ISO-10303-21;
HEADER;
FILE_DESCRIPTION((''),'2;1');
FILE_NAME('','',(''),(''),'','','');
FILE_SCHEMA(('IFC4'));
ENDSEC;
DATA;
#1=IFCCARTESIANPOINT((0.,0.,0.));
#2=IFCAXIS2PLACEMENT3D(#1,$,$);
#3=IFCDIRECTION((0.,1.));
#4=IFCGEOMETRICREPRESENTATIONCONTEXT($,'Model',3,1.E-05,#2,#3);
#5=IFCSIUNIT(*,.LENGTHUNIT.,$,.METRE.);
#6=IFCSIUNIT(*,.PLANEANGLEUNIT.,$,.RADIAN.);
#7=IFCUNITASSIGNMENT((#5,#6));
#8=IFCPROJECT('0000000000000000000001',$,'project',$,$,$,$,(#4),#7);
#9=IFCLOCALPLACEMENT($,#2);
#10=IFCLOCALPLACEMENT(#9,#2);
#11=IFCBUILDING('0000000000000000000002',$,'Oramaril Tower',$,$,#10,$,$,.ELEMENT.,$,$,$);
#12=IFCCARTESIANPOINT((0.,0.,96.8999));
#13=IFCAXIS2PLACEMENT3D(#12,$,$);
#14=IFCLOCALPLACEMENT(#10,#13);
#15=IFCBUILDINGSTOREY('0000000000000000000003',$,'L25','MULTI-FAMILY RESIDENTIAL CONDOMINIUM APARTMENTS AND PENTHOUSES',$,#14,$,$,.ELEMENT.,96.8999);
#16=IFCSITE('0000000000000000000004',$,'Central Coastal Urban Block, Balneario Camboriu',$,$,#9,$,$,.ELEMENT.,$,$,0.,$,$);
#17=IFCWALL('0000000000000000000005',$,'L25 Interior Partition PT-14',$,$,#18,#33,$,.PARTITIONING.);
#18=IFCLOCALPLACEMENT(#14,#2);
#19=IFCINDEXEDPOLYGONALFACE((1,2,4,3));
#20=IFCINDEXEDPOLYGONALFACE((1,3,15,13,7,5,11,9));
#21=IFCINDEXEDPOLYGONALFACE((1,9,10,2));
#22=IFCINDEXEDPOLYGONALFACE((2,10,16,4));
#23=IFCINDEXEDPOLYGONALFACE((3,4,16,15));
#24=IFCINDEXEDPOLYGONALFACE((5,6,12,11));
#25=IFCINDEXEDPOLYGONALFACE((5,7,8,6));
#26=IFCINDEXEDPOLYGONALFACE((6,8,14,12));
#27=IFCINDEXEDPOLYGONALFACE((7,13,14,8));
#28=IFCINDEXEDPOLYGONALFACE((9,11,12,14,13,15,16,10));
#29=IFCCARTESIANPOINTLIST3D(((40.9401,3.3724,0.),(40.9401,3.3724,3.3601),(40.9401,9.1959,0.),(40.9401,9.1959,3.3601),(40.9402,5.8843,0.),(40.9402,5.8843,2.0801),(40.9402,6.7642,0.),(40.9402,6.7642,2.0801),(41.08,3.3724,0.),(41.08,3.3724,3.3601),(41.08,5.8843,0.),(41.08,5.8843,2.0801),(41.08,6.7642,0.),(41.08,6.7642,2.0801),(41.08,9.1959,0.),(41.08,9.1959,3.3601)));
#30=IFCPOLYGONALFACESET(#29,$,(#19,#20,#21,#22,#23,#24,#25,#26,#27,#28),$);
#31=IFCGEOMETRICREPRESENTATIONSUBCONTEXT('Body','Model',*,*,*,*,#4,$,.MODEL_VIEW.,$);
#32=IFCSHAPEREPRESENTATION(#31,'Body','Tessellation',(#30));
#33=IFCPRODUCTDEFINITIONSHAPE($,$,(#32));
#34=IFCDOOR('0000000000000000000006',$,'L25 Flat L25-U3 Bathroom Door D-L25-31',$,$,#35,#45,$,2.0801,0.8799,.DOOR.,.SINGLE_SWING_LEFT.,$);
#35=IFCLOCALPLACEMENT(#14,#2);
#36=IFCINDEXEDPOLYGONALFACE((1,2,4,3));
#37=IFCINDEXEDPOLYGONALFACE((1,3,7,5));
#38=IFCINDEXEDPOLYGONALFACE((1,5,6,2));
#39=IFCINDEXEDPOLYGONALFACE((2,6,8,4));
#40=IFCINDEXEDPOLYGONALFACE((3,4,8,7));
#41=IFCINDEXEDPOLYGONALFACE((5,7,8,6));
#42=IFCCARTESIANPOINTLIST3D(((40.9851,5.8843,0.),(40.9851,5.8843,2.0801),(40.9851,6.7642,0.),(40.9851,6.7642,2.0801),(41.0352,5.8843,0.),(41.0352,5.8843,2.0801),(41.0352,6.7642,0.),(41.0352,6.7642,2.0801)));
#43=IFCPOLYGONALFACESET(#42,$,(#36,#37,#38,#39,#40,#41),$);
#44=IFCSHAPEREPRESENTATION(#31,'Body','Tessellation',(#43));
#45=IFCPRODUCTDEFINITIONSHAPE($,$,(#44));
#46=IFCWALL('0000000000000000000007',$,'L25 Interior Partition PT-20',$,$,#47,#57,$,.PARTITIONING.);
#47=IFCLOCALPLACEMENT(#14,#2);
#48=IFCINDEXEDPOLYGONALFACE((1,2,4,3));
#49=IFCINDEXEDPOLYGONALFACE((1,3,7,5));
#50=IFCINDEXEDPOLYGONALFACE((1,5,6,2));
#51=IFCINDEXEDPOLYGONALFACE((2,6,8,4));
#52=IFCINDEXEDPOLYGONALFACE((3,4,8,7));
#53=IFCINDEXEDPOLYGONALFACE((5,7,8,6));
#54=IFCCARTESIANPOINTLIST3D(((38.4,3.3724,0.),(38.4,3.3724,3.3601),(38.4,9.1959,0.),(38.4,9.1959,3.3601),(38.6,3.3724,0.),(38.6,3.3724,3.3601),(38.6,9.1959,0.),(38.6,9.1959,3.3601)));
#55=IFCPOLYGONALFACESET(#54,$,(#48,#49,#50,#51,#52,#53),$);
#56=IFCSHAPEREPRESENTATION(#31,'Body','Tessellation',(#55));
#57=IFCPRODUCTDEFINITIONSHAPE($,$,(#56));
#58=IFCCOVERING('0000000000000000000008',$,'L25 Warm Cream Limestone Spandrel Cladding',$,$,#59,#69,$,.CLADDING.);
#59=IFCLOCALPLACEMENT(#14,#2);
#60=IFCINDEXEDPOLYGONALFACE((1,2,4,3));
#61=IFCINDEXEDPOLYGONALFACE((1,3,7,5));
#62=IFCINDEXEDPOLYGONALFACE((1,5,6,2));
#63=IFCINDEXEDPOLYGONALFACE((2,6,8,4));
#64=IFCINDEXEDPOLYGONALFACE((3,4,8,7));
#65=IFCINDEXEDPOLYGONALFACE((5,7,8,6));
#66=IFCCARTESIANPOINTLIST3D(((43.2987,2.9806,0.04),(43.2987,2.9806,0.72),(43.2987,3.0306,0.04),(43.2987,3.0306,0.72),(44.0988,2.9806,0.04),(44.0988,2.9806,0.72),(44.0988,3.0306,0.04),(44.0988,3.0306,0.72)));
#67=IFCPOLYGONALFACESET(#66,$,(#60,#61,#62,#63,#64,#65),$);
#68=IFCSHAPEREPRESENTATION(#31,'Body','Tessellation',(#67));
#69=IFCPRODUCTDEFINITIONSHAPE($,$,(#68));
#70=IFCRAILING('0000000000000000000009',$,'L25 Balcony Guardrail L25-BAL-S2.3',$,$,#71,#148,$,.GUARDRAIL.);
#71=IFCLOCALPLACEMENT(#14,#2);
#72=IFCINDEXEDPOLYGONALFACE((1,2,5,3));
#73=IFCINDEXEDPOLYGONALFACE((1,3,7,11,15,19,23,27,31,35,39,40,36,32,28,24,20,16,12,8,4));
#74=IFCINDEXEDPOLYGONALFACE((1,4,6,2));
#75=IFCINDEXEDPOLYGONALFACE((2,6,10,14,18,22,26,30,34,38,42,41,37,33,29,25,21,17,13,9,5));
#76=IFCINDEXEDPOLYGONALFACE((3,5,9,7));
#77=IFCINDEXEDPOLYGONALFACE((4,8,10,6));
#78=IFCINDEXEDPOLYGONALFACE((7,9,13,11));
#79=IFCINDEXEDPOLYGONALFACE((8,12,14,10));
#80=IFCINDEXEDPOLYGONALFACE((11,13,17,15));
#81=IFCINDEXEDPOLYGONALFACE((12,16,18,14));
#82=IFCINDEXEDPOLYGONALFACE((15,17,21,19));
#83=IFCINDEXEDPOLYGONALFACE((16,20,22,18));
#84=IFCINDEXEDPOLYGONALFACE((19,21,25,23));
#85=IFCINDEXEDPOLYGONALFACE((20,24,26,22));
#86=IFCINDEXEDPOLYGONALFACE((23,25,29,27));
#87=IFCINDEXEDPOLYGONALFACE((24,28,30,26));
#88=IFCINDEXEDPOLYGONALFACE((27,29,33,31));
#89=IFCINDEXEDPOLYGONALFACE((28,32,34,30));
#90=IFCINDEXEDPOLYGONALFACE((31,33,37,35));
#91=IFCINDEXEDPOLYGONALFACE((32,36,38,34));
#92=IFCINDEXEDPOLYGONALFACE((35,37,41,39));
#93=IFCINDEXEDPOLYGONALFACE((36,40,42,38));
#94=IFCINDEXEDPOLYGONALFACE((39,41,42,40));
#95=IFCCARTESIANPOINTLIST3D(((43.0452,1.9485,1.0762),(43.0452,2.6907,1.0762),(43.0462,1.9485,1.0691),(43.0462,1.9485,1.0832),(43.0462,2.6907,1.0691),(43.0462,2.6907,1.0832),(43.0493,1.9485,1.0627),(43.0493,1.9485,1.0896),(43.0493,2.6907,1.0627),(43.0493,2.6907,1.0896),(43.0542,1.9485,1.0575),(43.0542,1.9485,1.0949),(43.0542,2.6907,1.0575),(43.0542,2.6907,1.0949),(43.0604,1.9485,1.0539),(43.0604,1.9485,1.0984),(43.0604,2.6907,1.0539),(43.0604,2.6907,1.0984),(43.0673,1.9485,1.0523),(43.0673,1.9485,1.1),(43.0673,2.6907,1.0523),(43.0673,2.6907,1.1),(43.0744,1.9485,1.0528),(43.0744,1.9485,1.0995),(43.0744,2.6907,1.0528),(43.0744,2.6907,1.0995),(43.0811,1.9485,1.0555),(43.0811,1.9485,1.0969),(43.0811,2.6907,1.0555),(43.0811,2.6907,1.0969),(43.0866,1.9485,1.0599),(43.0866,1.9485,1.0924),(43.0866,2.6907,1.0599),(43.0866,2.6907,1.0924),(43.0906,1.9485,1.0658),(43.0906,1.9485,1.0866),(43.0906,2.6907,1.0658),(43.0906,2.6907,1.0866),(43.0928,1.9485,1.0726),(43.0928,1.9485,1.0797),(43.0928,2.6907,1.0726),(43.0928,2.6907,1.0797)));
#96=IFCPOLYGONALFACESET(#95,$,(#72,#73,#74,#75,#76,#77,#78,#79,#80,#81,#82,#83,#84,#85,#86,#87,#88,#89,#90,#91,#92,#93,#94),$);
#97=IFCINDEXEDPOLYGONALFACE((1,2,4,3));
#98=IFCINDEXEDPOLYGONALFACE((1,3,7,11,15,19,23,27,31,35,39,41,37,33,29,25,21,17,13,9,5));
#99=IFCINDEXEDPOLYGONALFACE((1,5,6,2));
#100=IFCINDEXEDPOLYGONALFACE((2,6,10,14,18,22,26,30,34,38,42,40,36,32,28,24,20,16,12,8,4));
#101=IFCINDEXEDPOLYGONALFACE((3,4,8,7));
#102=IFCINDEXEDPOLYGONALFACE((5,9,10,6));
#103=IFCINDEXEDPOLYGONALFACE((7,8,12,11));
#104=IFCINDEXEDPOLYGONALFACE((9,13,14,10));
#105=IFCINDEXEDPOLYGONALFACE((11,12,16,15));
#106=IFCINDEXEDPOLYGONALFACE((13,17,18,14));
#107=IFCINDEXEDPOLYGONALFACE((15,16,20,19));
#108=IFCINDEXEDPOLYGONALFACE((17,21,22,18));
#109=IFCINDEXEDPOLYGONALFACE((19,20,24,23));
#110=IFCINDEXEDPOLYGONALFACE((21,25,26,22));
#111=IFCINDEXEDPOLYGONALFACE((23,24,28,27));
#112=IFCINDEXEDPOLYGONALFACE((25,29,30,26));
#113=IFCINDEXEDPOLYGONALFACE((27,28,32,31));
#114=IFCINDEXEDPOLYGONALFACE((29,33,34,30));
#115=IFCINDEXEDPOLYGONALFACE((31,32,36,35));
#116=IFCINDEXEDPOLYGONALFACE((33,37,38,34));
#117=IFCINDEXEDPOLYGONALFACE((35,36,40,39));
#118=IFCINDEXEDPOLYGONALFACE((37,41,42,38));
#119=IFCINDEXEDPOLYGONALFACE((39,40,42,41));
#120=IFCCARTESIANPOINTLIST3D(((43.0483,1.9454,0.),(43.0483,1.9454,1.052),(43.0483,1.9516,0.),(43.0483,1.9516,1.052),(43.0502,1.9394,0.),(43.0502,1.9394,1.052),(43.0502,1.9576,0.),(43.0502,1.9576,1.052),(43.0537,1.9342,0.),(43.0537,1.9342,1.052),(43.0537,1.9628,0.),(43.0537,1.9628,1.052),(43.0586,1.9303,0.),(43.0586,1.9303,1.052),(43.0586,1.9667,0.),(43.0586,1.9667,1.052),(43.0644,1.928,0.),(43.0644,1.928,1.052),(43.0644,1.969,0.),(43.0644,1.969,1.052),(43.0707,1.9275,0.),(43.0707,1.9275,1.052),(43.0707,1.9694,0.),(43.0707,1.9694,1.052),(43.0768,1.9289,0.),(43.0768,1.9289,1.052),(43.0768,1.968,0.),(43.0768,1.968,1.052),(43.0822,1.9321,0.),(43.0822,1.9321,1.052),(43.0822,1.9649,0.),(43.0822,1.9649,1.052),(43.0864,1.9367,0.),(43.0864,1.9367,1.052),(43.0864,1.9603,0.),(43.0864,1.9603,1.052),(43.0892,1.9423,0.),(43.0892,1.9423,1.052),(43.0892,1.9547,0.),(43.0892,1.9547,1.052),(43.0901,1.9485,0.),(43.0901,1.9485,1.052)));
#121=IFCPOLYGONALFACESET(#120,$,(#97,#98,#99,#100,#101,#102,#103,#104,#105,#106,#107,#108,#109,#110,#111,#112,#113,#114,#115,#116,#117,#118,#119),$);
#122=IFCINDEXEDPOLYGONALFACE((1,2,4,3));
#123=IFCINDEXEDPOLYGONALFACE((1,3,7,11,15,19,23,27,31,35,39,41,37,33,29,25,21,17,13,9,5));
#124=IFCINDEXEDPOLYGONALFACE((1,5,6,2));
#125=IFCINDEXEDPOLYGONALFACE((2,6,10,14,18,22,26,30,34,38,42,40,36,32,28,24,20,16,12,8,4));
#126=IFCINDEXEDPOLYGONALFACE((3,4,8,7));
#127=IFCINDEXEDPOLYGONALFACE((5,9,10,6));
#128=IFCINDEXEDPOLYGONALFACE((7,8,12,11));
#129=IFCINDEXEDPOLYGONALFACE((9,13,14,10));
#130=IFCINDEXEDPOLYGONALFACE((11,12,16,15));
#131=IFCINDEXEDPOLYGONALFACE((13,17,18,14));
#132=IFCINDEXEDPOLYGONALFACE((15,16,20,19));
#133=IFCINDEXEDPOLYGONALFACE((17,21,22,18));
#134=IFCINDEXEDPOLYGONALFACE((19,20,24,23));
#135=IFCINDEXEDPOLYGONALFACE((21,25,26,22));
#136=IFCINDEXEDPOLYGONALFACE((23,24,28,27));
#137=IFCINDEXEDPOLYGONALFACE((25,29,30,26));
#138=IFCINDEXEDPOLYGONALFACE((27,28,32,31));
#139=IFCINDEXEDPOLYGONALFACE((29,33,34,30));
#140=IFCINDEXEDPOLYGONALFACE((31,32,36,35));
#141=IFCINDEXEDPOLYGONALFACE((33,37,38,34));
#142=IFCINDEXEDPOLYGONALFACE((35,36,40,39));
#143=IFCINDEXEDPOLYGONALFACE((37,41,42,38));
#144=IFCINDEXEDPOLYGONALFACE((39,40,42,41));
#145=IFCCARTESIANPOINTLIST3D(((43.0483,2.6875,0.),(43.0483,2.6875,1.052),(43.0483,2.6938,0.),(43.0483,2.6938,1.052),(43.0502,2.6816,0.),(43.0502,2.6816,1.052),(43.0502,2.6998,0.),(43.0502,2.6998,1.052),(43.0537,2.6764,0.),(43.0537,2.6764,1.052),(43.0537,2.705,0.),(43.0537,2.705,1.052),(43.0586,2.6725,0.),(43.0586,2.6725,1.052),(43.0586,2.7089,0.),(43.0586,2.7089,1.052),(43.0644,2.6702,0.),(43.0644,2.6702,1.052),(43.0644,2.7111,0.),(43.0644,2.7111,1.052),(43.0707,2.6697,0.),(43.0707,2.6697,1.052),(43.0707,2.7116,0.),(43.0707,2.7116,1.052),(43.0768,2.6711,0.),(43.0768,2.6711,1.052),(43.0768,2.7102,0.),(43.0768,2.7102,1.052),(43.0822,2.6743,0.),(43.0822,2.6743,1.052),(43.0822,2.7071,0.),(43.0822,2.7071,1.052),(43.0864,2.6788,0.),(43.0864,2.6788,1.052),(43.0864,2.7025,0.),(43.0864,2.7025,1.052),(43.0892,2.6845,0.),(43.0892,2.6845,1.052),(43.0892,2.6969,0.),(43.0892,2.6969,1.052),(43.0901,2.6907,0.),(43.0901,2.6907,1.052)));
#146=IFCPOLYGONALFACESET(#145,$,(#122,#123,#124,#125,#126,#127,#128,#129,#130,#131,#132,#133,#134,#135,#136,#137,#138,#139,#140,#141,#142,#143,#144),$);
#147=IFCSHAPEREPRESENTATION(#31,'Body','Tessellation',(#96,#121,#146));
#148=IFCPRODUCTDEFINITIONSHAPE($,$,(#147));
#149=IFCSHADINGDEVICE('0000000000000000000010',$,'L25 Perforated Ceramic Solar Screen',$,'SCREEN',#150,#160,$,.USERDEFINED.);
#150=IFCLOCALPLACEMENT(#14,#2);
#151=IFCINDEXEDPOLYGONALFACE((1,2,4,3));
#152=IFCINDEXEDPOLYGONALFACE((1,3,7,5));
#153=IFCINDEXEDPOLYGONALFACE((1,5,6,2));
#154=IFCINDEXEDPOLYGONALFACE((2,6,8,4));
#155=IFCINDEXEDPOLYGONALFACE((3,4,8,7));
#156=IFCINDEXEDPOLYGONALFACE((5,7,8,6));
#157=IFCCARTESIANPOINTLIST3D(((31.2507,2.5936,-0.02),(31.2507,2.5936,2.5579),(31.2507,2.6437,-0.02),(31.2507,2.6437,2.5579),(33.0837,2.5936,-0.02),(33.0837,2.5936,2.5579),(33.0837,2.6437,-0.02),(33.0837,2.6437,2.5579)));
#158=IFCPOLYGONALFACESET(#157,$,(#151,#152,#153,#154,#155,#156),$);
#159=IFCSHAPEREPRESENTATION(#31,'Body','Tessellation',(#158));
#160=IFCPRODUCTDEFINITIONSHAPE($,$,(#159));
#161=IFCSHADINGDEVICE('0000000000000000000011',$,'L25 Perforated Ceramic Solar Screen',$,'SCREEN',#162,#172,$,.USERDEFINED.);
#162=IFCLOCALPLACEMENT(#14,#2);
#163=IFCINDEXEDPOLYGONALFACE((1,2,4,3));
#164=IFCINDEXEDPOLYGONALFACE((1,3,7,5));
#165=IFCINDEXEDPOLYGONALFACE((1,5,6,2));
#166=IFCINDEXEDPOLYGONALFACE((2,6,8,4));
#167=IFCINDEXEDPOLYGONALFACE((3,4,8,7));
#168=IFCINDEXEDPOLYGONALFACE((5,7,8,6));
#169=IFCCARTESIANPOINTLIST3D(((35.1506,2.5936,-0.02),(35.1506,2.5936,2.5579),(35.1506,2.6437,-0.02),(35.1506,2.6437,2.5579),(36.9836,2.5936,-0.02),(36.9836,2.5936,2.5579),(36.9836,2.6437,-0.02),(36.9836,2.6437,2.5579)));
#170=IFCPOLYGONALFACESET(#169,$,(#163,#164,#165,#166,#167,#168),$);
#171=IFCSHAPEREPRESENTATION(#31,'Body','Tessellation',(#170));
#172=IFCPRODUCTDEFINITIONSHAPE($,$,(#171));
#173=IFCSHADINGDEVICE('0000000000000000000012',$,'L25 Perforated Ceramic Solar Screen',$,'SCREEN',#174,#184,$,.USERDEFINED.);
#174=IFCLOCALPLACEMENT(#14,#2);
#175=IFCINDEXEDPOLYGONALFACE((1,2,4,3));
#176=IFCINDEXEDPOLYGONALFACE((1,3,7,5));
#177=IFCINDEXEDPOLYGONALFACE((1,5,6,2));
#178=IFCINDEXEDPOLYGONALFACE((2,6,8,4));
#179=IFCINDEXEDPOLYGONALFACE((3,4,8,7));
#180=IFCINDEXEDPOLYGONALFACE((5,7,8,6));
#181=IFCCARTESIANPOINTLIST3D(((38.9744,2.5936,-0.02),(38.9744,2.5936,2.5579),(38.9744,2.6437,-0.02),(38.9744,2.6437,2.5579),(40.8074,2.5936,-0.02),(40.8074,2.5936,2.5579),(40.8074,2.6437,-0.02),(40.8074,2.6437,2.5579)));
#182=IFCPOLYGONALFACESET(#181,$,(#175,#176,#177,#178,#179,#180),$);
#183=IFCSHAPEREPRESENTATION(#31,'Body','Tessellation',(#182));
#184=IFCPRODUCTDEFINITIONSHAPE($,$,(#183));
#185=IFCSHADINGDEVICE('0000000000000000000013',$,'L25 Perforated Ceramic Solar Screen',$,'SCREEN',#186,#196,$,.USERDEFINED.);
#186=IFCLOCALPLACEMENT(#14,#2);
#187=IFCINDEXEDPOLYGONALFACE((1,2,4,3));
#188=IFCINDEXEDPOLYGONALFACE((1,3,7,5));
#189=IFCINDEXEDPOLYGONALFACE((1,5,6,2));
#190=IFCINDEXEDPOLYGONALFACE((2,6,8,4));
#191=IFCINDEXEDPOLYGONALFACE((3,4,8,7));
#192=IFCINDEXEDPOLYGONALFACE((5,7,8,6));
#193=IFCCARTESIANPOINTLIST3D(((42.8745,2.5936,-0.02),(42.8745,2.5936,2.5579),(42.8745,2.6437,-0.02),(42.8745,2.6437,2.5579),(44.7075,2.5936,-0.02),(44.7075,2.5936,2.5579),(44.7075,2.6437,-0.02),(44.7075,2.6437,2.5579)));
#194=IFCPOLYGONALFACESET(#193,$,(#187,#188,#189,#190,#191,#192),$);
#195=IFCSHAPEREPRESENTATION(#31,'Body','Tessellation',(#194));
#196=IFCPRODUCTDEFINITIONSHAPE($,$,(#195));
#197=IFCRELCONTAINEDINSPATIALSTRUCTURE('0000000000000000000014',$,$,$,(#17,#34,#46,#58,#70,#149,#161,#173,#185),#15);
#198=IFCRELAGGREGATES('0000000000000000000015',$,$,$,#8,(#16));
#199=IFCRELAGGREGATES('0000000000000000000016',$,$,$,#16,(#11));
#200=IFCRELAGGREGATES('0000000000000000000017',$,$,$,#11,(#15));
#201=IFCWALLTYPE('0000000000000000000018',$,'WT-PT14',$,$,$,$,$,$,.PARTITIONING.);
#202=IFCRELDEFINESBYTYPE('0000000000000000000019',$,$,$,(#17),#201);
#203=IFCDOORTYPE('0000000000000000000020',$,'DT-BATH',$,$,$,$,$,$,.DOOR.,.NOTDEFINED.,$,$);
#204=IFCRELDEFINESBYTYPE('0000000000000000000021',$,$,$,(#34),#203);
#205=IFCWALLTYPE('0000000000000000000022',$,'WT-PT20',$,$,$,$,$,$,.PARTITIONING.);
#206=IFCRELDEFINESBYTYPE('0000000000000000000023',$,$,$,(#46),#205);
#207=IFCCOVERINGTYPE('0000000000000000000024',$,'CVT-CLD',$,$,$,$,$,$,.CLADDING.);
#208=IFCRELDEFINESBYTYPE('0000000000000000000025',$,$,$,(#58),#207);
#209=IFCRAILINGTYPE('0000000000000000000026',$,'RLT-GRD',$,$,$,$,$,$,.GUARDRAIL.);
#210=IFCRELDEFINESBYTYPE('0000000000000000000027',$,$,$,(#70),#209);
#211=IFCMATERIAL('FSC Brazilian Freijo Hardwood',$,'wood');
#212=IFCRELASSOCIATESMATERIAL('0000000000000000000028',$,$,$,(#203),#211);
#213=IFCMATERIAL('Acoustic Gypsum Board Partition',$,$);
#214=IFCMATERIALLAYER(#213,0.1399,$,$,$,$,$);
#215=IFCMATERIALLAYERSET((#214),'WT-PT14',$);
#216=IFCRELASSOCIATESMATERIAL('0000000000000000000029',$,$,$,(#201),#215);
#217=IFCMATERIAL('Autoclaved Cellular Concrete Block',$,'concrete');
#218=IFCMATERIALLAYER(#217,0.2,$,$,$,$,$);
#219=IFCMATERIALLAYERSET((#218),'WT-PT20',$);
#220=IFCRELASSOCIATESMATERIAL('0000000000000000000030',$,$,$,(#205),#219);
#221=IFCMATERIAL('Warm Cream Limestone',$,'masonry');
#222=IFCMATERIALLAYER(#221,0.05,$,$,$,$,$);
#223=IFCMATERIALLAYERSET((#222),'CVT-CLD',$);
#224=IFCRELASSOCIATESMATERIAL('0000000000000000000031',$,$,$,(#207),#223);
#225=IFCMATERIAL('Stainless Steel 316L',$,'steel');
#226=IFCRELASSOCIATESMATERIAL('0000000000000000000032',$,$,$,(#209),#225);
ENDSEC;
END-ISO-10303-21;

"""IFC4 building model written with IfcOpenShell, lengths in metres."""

from ifc_helpers import new_model, si_unit, direction, frame, frame_2d, origin, origin_2d, place, context, subcontext, project, spatial, rectangle, circle, extrude, material, layer, layer_set, type_object, element, fill, save


model = new_model("IFC4")

# Units and contexts
model_context = context("Model", 3, precision=1e-05, world=origin(), true_north=direction((0.0, 1.0)))
body_context = subcontext(model_context, "Body", "Model", "MODEL_VIEW")
ifc_project = project(units=[si_unit("LENGTHUNIT", "METRE"), si_unit("PLANEANGLEUNIT", "RADIAN")], contexts=[model_context])

# Site, building, storey
site_placement = place(None, origin())
site = spatial("IfcSite", under=ifc_project, at=site_placement, Name="Central Coastal Urban Block, Balneario Camboriu", CompositionType="ELEMENT", RefElevation=0.0)
building_placement = place(site_placement, origin())
building = spatial("IfcBuilding", under=site, at=building_placement, Name="Oramaril Tower", CompositionType="ELEMENT")
storey_placement = place(building_placement, frame((0.0, 0.0, 96.8999)))
storey = spatial("IfcBuildingStorey", under=building, at=storey_placement, Name="L25", Description="MULTI-FAMILY RESIDENTIAL CONDOMINIUM APARTMENTS AND PENTHOUSES", CompositionType="ELEMENT", Elevation=96.8999)

# Shared definitions
ifc_material_1 = material(Name="FSC Brazilian Freijo Hardwood", Category="wood")
door_type_1 = type_object("IfcDoorType", Name="DT-BATH", OperationType="NOTDEFINED", PredefinedType="DOOR", material=ifc_material_1)

# Wall, opening, door
ifc_material_2 = material(Name="Acoustic Gypsum Board Partition")
ifc_layer_1 = layer(ifc_material_2, 0.1399)
ifc_layer_set_1 = layer_set([ifc_layer_1], Name="WT-PT14")
wall_type_1 = type_object("IfcWallType", Name="WT-PT14", PredefinedType="PARTITIONING", material=ifc_layer_set_1)
wall_1_placement = place(storey_placement, frame((41.01, 3.3726, 0.0), z_axis=(0.0, 0.0, 1.0), x_axis=(0.0, 1.0, 0.0)))
wall_1 = element("IfcWall", 1, at=wall_1_placement, inside=storey, type_object=wall_type_1, Name="L25 Interior Partition PT-14", PredefinedType="PARTITIONING", context=body_context, shape_type="SweptSolid", body=[
    extrude(rectangle(XDim=5.8235, YDim=0.1399, at=frame_2d((2.9116, 0.0))), origin(), (0.0, 0.0, 1.0), 3.3601),
])
opening_1_placement = place(wall_1_placement, frame((2.5117, 0.0, 0.0)))
opening_1 = element("IfcOpeningElement", 2, at=opening_1_placement, cuts=wall_1, PredefinedType="OPENING", context=body_context, shape_type="SweptSolid", body=[
    extrude(rectangle(XDim=0.8799, YDim=2.0801, at=frame_2d((0.4399, 1.04))), frame((0.0, 0.0698, 0.0), z_axis=(0.0, -1.0, 0.0), x_axis=(1.0, 0.0, 0.0)), (0.0, 0.0, 1.0), 0.1399),
])
door_1_placement = place(opening_1_placement, origin())
door_1 = element("IfcDoor", 3, at=door_1_placement, inside=storey, type_object=door_type_1, Name="L25 Flat L25-U3 Bathroom Door D-L25-31", OperationType="SINGLE_SWING_LEFT", OverallHeight=2.0801, OverallWidth=0.8799, PredefinedType="DOOR", context=body_context, shape_type="SweptSolid", body=[
    extrude(rectangle(XDim=0.8799, YDim=2.0801, at=frame_2d((0.4399, 1.04))), frame((0.0, 0.0249, 0.0), z_axis=(0.0, -1.0, 0.0), x_axis=(1.0, 0.0, 0.0)), (0.0, 0.0, 1.0), 0.05),
])
fill(opening_1, door_1)

# Wall
ifc_material_3 = material(Name="Autoclaved Cellular Concrete Block", Category="concrete")
ifc_layer_2 = layer(ifc_material_3, 0.2)
ifc_layer_set_2 = layer_set([ifc_layer_2], Name="WT-PT20")
wall_type_2 = type_object("IfcWallType", Name="WT-PT20", PredefinedType="PARTITIONING", material=ifc_layer_set_2)
wall_2_placement = place(storey_placement, frame((38.5, 3.3726, 0.0), z_axis=(0.0, 0.0, 1.0), x_axis=(0.0, 1.0, 0.0)))
element("IfcWall", 4, at=wall_2_placement, inside=storey, type_object=wall_type_2, Name="L25 Interior Partition PT-20", PredefinedType="PARTITIONING", context=body_context, shape_type="SweptSolid", body=[
    extrude(rectangle(XDim=5.8235, YDim=0.2, at=frame_2d((2.9116, 0.0))), origin(), (0.0, 0.0, 1.0), 3.3601),
])

# Covering
ifc_material_4 = material(Name="Warm Cream Limestone", Category="masonry")
ifc_layer_3 = layer(ifc_material_4, 0.05)
ifc_layer_set_3 = layer_set([ifc_layer_3], Name="CVT-CLD")
covering_type = type_object("IfcCoveringType", Name="CVT-CLD", PredefinedType="CLADDING", material=ifc_layer_set_3)
covering_placement = place(storey_placement, frame((43.6987, 3.0056, 0.04), z_axis=(0.0, 0.0, 1.0), x_axis=(1.0, 0.0, 0.0)))
element("IfcCovering", 5, at=covering_placement, inside=storey, type_object=covering_type, Name="L25 Warm Cream Limestone Spandrel Cladding", PredefinedType="CLADDING", context=body_context, shape_type="SweptSolid", body=[
    extrude(rectangle(XDim=0.8, YDim=0.05, at=origin_2d()), origin(), (0.0, 0.0, 1.0), 0.6799),
])

# Railing
ifc_material_5 = material(Name="Stainless Steel 316L", Category="steel")
railing_type = type_object("IfcRailingType", Name="RLT-GRD", PredefinedType="GUARDRAIL", material=ifc_material_5)
railing_placement = place(storey_placement, frame((43.0691, 1.9485, 0.0)))
element("IfcRailing", 6, at=railing_placement, inside=storey, type_object=railing_type, Name="L25 Balcony Guardrail L25-BAL-S2.3", PredefinedType="GUARDRAIL", context=body_context, shape_type="SweptSolid", body=[
    extrude(circle(Radius=0.0239, at=origin_2d()), frame((0.0, 0.0, 1.0762), z_axis=(0.0, 1.0, 0.0), x_axis=(-1.0, 0.0, 0.0)), (0.0, 0.0, 1.0), 0.7422),
    extrude(circle(Radius=0.021, at=origin_2d()), origin(), (0.0, 0.0, 1.0), 1.052),
    extrude(circle(Radius=0.021, at=origin_2d()), frame((0.0, 0.7422, 0.0)), (0.0, 0.0, 1.0), 1.052),
])

# Shading devices
for number, where, z_axis, x_axis, name in (
    (7, (32.1672, 2.6187, -0.02), (0.0, 0.0, 1.0), (1.0, 0.0, 0.0), "L25 Perforated Ceramic Solar Screen"),
    (8, (36.0671, 2.6187, -0.02), (0.0, 0.0, 1.0), (1.0, 0.0, 0.0), "L25 Perforated Ceramic Solar Screen"),
    (9, (39.8909, 2.6187, -0.02), (0.0, 0.0, 1.0), (1.0, 0.0, 0.0), "L25 Perforated Ceramic Solar Screen"),
    (10, (43.791, 2.6187, -0.02), (0.0, 0.0, 1.0), (1.0, 0.0, 0.0), "L25 Perforated Ceramic Solar Screen"),
):
    element("IfcShadingDevice", number, at=place(storey_placement, frame(where, z_axis=z_axis, x_axis=x_axis)), inside=storey, Name=name, ObjectType="SCREEN", PredefinedType="USERDEFINED", context=body_context, shape_type="SweptSolid", body=[
        extrude(rectangle(XDim=1.833, YDim=0.05, at=origin_2d()), origin(), (0.0, 0.0, 1.0), 2.5779),
    ])

save(model, "model.ifc")
